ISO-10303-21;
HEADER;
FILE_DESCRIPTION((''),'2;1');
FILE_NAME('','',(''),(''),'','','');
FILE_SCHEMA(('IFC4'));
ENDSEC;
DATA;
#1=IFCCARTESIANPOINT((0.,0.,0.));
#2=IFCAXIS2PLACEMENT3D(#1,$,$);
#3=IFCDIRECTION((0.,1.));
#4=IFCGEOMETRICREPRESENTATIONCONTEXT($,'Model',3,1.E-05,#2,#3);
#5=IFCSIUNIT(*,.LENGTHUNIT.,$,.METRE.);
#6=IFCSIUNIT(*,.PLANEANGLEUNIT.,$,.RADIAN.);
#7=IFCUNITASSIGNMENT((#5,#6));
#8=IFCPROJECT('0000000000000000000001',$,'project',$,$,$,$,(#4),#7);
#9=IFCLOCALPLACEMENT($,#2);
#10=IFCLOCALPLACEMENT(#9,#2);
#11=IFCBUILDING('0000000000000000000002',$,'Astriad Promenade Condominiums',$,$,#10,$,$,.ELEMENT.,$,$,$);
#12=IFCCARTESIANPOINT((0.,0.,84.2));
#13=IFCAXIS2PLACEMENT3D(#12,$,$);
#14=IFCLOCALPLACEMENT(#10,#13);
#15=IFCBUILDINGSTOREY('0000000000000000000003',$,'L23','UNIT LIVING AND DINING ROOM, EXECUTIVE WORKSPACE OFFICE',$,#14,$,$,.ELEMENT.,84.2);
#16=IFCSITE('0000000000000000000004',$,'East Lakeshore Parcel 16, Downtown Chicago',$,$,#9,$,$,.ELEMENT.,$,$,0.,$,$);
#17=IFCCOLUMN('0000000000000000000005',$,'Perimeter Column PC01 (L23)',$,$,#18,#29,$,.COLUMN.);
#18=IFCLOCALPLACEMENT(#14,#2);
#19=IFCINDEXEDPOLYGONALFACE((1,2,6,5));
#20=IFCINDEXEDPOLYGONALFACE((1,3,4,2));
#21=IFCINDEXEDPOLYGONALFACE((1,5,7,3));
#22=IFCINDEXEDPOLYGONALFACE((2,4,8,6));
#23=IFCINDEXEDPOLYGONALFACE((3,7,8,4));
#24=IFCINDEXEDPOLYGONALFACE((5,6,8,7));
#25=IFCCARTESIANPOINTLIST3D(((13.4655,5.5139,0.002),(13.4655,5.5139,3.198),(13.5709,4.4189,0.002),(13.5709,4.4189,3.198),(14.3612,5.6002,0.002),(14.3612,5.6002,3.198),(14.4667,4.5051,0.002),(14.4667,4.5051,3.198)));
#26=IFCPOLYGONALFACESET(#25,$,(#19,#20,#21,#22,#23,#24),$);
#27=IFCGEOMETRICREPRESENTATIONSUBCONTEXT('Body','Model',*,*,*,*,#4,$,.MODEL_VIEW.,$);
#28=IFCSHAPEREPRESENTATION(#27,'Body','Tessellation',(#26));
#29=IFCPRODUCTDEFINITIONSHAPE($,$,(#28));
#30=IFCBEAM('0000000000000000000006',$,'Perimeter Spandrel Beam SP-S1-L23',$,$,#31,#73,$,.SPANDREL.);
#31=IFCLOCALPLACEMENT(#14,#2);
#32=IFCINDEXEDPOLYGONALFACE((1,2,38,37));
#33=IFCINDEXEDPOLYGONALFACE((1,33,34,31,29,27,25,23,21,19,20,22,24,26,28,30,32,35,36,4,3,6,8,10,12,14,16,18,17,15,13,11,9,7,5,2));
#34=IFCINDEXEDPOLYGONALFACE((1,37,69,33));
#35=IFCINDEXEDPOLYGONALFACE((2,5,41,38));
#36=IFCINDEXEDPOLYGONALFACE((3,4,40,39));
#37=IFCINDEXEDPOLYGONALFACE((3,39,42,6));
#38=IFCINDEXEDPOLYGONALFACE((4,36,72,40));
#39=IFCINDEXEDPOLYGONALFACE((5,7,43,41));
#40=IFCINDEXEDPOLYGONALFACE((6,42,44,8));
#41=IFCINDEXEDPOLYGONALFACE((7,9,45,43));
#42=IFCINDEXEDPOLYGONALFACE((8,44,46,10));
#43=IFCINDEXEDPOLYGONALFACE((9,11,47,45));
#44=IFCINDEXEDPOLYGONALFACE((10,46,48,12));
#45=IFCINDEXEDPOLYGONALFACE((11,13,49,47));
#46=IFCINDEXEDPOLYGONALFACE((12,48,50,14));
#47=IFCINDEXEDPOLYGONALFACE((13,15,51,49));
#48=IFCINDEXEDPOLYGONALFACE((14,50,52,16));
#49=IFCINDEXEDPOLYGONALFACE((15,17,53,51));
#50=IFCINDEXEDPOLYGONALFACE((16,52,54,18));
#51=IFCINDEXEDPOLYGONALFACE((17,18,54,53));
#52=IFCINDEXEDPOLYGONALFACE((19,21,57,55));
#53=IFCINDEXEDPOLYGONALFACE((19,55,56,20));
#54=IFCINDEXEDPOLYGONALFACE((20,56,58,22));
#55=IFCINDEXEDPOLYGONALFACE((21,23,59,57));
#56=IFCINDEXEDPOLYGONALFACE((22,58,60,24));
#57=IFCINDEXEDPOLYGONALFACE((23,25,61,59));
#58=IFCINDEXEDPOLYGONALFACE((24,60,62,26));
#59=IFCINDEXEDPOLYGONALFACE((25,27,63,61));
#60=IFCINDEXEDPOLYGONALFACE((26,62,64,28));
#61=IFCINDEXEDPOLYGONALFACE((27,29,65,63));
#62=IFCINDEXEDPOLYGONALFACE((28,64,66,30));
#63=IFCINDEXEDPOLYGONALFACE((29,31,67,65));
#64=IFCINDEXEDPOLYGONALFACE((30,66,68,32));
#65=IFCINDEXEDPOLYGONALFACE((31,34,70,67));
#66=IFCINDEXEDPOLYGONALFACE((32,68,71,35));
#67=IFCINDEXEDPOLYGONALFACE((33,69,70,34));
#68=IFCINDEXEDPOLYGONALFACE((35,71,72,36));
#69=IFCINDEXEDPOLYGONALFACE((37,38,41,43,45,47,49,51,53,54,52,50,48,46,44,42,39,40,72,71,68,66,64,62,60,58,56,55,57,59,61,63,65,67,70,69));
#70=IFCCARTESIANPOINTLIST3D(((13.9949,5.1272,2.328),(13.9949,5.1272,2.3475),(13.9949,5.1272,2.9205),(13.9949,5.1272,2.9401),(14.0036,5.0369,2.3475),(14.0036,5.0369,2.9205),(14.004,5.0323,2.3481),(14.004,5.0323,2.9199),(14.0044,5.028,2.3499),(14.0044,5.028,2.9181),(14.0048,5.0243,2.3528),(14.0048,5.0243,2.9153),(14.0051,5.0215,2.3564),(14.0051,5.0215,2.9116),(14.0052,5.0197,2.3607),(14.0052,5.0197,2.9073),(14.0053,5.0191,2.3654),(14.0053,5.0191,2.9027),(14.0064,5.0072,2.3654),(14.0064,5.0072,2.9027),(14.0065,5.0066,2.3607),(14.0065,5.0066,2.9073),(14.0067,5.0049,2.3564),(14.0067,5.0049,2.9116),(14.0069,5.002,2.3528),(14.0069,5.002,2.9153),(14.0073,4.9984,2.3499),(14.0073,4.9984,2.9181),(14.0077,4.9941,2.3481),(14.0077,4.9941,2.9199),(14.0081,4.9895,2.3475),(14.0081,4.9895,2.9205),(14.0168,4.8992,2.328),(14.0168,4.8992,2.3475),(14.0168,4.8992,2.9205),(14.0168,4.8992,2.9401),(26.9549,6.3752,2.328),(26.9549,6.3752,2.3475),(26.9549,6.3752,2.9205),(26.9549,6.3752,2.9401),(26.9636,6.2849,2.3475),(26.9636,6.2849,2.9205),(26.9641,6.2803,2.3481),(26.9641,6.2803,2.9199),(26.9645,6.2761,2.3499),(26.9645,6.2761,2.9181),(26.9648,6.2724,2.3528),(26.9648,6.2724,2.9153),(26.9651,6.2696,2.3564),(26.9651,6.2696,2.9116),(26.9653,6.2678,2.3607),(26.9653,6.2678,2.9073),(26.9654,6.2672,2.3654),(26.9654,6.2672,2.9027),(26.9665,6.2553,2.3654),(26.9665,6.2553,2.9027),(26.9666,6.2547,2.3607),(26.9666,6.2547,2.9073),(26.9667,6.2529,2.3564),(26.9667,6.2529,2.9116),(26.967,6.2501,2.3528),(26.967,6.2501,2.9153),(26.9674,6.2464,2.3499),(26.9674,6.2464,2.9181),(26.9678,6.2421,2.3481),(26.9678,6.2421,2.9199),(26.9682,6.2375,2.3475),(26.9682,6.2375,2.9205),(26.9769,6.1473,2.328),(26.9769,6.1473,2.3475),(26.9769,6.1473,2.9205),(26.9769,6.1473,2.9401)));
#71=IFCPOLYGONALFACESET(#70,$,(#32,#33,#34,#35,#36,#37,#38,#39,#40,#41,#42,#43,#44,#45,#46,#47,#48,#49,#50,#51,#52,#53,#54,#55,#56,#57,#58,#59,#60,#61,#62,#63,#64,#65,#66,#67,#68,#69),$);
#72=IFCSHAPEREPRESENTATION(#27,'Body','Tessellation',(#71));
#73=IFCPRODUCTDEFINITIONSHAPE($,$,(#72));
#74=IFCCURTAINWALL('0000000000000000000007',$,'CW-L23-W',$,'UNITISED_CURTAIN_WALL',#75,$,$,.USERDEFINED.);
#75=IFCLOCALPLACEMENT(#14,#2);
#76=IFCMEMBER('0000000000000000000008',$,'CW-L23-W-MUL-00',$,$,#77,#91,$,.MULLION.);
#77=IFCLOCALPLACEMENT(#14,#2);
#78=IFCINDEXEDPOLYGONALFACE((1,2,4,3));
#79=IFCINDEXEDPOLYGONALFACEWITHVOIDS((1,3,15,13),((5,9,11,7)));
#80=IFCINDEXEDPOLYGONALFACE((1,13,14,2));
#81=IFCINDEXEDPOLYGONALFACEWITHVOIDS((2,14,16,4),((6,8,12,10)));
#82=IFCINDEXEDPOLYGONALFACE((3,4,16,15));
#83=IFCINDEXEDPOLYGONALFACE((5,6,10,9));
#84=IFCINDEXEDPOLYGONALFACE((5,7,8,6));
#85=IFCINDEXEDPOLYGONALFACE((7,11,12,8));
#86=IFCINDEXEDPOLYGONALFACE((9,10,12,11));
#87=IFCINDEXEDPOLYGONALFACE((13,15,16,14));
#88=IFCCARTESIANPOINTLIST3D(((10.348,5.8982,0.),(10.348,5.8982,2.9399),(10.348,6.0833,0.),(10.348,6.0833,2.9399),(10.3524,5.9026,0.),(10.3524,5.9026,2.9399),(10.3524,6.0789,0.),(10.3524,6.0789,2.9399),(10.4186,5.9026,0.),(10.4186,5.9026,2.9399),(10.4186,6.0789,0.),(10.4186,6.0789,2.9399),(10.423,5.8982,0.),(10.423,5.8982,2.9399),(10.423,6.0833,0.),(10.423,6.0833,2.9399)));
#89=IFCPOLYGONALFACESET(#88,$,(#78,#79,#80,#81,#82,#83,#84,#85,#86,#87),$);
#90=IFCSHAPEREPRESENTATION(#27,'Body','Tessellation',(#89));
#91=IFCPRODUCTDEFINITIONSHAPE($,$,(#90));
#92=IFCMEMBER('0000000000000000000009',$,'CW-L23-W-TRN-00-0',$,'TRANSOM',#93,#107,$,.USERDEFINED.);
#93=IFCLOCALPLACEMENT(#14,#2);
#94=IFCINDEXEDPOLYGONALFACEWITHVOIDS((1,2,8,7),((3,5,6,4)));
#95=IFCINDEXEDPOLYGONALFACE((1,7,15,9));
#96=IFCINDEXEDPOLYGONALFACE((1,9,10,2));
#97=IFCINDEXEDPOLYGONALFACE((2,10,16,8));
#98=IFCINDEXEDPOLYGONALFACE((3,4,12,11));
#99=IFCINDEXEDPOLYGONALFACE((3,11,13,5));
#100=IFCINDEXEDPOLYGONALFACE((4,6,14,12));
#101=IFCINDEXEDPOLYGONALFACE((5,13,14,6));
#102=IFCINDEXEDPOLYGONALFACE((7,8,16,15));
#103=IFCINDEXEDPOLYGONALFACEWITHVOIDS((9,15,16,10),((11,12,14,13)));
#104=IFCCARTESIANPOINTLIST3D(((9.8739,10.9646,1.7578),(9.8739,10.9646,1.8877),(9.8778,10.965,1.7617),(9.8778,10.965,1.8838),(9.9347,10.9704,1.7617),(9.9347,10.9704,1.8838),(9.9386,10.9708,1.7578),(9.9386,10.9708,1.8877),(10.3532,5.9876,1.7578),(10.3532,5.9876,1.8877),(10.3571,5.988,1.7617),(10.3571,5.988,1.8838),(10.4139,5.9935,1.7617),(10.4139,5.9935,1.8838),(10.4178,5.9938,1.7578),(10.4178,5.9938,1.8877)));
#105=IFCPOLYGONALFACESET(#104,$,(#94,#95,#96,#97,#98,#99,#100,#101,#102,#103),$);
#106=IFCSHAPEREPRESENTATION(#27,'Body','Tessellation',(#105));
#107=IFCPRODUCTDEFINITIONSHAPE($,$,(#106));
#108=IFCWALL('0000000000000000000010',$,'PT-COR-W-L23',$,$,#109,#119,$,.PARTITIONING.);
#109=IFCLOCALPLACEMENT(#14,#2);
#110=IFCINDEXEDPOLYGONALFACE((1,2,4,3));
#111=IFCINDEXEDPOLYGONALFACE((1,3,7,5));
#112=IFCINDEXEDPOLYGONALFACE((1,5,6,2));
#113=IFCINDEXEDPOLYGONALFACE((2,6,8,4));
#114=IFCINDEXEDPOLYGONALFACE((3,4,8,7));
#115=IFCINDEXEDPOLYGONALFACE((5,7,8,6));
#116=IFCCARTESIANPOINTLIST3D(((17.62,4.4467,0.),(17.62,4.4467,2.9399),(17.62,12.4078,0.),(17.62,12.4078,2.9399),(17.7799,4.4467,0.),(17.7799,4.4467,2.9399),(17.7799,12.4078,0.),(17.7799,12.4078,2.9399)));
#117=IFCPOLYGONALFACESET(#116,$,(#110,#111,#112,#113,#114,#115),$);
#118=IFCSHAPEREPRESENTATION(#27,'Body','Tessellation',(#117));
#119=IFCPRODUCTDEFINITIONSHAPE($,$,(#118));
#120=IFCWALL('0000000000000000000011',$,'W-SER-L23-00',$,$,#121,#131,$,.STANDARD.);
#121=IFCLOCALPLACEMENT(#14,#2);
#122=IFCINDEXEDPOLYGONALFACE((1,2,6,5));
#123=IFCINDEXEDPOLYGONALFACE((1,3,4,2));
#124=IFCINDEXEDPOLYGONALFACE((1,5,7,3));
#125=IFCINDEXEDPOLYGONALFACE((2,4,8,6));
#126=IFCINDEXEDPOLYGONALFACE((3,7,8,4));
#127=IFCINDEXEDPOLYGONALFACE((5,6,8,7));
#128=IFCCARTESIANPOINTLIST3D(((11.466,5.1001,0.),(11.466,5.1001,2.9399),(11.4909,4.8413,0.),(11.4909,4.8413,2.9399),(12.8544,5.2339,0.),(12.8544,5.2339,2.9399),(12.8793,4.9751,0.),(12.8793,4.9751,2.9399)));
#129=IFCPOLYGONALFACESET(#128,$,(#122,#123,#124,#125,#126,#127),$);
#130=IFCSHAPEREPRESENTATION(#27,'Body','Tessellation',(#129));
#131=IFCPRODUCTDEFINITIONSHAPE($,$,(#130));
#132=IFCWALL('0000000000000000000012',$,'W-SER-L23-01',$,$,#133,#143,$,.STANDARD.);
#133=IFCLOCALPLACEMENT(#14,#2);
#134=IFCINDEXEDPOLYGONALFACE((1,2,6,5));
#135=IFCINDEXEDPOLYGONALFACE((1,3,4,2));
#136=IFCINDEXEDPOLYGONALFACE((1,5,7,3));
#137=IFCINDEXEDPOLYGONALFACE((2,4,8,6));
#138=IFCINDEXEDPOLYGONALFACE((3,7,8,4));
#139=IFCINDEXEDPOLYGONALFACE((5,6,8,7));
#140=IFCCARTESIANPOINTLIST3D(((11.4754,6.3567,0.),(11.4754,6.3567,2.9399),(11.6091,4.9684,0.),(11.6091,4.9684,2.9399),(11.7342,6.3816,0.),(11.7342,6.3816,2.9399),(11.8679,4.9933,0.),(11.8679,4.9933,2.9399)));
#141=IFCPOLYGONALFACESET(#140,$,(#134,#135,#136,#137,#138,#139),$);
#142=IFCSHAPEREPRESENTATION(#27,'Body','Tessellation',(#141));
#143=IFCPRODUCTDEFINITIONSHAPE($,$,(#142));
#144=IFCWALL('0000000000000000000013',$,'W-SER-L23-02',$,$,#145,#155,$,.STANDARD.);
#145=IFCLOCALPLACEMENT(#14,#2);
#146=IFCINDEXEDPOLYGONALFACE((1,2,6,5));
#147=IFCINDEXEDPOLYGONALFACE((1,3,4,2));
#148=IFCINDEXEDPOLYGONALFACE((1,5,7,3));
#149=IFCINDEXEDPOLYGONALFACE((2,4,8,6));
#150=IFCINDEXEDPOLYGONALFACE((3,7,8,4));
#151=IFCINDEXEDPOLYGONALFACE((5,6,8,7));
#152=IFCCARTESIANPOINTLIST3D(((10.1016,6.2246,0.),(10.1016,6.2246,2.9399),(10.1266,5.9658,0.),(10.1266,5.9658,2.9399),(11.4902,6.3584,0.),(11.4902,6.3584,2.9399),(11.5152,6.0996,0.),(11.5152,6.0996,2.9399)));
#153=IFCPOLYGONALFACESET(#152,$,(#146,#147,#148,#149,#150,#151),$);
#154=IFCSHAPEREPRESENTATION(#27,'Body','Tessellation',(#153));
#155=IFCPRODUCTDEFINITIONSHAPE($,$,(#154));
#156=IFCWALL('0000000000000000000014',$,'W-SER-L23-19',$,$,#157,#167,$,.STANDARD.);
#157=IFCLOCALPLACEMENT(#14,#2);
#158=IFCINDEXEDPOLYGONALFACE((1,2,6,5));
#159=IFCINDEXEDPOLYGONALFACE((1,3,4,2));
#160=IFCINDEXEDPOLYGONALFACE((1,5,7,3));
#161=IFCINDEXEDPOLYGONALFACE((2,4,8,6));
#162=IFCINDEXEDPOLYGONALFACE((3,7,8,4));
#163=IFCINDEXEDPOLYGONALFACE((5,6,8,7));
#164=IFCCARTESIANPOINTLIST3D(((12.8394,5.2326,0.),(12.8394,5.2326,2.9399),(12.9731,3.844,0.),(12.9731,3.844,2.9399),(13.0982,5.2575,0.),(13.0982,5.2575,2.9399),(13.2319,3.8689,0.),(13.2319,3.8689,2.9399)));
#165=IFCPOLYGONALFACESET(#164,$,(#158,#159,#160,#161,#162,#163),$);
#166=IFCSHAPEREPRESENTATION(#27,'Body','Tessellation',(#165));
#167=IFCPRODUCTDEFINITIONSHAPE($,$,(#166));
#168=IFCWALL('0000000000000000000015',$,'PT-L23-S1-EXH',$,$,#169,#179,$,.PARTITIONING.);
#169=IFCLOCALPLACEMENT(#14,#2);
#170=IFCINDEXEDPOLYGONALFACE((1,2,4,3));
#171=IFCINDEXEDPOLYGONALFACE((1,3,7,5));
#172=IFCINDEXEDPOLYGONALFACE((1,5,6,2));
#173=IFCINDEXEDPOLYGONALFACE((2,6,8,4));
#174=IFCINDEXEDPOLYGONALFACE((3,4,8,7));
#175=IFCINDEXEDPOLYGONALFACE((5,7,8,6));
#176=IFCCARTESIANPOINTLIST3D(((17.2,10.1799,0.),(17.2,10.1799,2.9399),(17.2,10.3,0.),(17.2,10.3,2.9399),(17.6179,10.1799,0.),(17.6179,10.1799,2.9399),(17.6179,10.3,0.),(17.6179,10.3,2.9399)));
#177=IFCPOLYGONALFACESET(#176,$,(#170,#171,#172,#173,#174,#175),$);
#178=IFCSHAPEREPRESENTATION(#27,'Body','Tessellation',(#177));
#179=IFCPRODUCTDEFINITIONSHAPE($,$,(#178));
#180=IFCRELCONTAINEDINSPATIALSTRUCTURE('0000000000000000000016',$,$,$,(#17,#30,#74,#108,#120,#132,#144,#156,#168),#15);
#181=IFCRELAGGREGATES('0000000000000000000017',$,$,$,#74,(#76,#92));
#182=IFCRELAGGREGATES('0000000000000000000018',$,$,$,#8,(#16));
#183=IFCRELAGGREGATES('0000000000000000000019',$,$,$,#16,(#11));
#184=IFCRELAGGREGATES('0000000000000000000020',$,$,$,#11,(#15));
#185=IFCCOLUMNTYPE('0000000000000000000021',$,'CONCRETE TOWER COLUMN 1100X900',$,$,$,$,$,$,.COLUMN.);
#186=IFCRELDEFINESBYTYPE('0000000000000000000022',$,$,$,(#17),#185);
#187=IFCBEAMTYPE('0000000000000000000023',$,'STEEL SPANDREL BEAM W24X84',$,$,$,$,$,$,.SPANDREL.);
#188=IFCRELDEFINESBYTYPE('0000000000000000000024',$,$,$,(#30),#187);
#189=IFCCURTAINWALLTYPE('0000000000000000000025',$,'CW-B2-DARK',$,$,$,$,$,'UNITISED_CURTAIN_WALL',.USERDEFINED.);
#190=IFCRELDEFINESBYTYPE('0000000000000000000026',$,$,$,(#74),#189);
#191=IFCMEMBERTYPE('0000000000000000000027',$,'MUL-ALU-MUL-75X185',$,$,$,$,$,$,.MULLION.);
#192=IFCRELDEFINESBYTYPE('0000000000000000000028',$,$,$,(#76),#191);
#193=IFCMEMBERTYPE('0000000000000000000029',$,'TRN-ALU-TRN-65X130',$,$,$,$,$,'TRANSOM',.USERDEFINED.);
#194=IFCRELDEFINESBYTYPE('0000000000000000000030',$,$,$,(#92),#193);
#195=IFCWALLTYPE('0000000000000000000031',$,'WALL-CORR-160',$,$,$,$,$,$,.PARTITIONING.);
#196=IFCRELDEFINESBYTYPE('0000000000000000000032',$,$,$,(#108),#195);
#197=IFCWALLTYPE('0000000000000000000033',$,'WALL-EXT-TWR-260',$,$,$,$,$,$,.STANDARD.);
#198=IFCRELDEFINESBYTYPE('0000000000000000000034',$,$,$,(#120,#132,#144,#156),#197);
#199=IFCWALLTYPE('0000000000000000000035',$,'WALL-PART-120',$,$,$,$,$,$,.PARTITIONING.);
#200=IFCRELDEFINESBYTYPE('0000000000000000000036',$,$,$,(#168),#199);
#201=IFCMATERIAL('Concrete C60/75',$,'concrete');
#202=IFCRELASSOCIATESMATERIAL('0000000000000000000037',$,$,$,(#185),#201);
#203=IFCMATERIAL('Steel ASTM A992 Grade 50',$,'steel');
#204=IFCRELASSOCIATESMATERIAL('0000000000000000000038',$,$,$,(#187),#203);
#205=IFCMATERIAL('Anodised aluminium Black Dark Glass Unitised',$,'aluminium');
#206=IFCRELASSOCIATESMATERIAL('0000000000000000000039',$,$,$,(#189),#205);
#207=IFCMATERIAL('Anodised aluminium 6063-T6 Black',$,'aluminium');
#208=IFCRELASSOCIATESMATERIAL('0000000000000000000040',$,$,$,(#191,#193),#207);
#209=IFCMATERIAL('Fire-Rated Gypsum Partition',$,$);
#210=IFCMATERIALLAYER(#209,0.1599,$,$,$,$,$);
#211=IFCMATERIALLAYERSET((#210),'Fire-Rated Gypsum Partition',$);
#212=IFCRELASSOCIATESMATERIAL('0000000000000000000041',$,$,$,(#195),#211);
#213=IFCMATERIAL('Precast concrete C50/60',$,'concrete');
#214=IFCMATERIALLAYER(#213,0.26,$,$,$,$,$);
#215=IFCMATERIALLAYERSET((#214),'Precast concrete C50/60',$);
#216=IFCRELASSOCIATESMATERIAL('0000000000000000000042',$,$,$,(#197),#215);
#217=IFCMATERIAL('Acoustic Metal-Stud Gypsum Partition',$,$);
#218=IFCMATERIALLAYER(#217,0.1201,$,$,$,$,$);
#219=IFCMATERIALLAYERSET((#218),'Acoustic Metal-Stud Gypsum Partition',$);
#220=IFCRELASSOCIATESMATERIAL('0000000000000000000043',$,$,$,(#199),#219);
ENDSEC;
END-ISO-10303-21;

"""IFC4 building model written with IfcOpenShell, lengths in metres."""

from ifc_helpers import new_model, si_unit, direction, frame, frame_2d, origin, origin_2d, place, context, subcontext, project, spatial, rectangle, hollow_rectangle, i_section, extrude, source, transform, mapped, material, layer, layer_set, material_profile, profile_set, type_object, type_shapes, element, aggregate, save


model = new_model("IFC4")

# Units and contexts
model_context = context("Model", 3, precision=1e-05, world=origin(), true_north=direction((0.0, 1.0)))
body_context = subcontext(model_context, "Body", "Model", "MODEL_VIEW")
ifc_project = project(units=[si_unit("LENGTHUNIT", "METRE"), si_unit("PLANEANGLEUNIT", "RADIAN")], contexts=[model_context])

# Site, building, storey
site_placement = place(None, origin())
site = spatial("IfcSite", under=ifc_project, at=site_placement, Name="East Lakeshore Parcel 16, Downtown Chicago", CompositionType="ELEMENT", RefElevation=0.0)
building_placement = place(site_placement, origin())
building = spatial("IfcBuilding", under=site, at=building_placement, Name="Astriad Promenade Condominiums", CompositionType="ELEMENT")
storey_placement = place(building_placement, frame((0.0, 0.0, 84.2)))
storey = spatial("IfcBuildingStorey", under=building, at=storey_placement, Name="L23", Description="UNIT LIVING AND DINING ROOM, EXECUTIVE WORKSPACE OFFICE", CompositionType="ELEMENT", Elevation=84.2)

# Column
ifc_material_1 = material(Name="Concrete C60/75", Category="concrete")
ifc_material_profile_1 = material_profile(ifc_material_1, rectangle(XDim=0.8999, YDim=1.1001, at=origin_2d()), Name="RC-COL-1100X900")
ifc_profile_set_1 = profile_set([ifc_material_profile_1], Name="Concrete C60/75")
column_type = type_object("IfcColumnType", Name="CONCRETE TOWER COLUMN 1100X900", PredefinedType="COLUMN", material=ifc_profile_set_1)
shared_shape_1 = source(origin(), body_context, "Body", "SweptSolid", [
    extrude(rectangle(XDim=0.8999, YDim=1.1001, at=origin_2d()), origin(), (0.0, 0.0, 1.0), 3.196),
])
type_shapes(column_type, [shared_shape_1])
column_placement = place(storey_placement, frame((13.9661, 5.0095, 0.002), z_axis=(0.0, 0.0, 1.0), x_axis=(0.995396, 0.095846, 0.0)))
element("IfcColumn", 1, at=column_placement, inside=storey, type_object=column_type, Name="Perimeter Column PC01 (L23)", PredefinedType="COLUMN", context=body_context, shape_type="MappedRepresentation", body=[
    mapped(shared_shape_1, transform((0.0, 0.0, 0.0), scale=1.0)),
])

# Beam
ifc_material_2 = material(Name="Steel ASTM A992 Grade 50", Category="steel")
ifc_material_profile_2 = material_profile(ifc_material_2, i_section(OverallWidth=0.229, OverallDepth=0.6121, WebThickness=0.012, FlangeThickness=0.0195, FilletRadius=0.0178, at=origin_2d()), Name="W24X84")
ifc_profile_set_2 = profile_set([ifc_material_profile_2], Name="Steel ASTM A992 Grade 50")
beam_type = type_object("IfcBeamType", Name="STEEL SPANDREL BEAM W24X84", PredefinedType="SPANDREL", material=ifc_profile_set_2)
shared_shape_2 = source(origin(), body_context, "Body", "SweptSolid", [
    extrude(i_section(OverallWidth=0.229, OverallDepth=0.6121, WebThickness=0.012, FlangeThickness=0.0195, FilletRadius=0.0178, at=origin_2d()), origin(), (0.0, 0.0, 1.0), 13.02),
])
type_shapes(beam_type, [shared_shape_2])
beam_placement = place(storey_placement, frame((14.0059, 5.0132, 2.634), z_axis=(0.995395, 0.095857, 0.0), x_axis=(-0.095857, 0.995395, 0.0)))
element("IfcBeam", 2, at=beam_placement, inside=storey, type_object=beam_type, Name="Perimeter Spandrel Beam SP-S1-L23", PredefinedType="SPANDREL", context=body_context, shape_type="MappedRepresentation", body=[
    mapped(shared_shape_2, transform((0.0, 0.0, 0.0), scale=1.0)),
])

# Curtain wall, members
ifc_material_3 = material(Name="Anodised aluminium Black Dark Glass Unitised", Category="aluminium")
curtain_wall_type = type_object("IfcCurtainWallType", Name="CW-B2-DARK", ElementType="UNITISED_CURTAIN_WALL", PredefinedType="USERDEFINED", material=ifc_material_3)
curtain_wall_placement = place(storey_placement, origin())
curtain_wall = element("IfcCurtainWall", 3, at=curtain_wall_placement, inside=storey, type_object=curtain_wall_type, Name="CW-L23-W", ObjectType="UNITISED_CURTAIN_WALL", PredefinedType="USERDEFINED")
ifc_material_4 = material(Name="Anodised aluminium 6063-T6 Black", Category="aluminium")
ifc_material_profile_3 = material_profile(ifc_material_4, hollow_rectangle(XDim=0.075, YDim=0.1851, WallThickness=0.0044, at=origin_2d()), Name="ALU-MUL-75X185")
ifc_profile_set_3 = profile_set([ifc_material_profile_3], Name="Anodised aluminium 6063-T6 Black")
member_type_1 = type_object("IfcMemberType", Name="MUL-ALU-MUL-75X185", PredefinedType="MULLION", material=ifc_profile_set_3)
shared_shape_3 = source(origin(), body_context, "Body", "SweptSolid", [
    extrude(hollow_rectangle(XDim=0.075, YDim=0.1851, WallThickness=0.0044, at=origin_2d()), origin(), (0.0, 0.0, 1.0), 2.9399),
])
type_shapes(member_type_1, [shared_shape_3])
member_1_placement = place(storey_placement, frame((10.3855, 5.9907, 0.0), z_axis=(0.0, 0.0, 1.0), x_axis=(1.0, 0.0, 0.0)))
member_1 = element("IfcMember", 4, at=member_1_placement, type_object=member_type_1, Name="CW-L23-W-MUL-00", PredefinedType="MULLION", context=body_context, shape_type="MappedRepresentation", body=[
    mapped(shared_shape_3, transform((0.0, 0.0, 0.0), scale=1.0)),
])
ifc_material_profile_4 = material_profile(ifc_material_4, hollow_rectangle(XDim=0.0649, YDim=0.1299, WallThickness=0.0039, at=origin_2d()), Name="ALU-TRN-65X130")
ifc_profile_set_4 = profile_set([ifc_material_profile_4], Name="Anodised aluminium 6063-T6 Black")
member_type_2 = type_object("IfcMemberType", Name="TRN-ALU-TRN-65X130", ElementType="TRANSOM", PredefinedType="USERDEFINED", material=ifc_profile_set_4)
shared_shape_4 = source(origin(), body_context, "Body", "SweptSolid", [
    extrude(hollow_rectangle(XDim=0.0649, YDim=0.1299, WallThickness=0.0039, at=origin_2d()), origin(), (0.0, 0.0, 1.0), 5.0),
])
type_shapes(member_type_2, [shared_shape_4])
member_2_placement = place(storey_placement, frame((10.3855, 5.9907, 1.8228), z_axis=(-0.095848, 0.995396, 0.0), x_axis=(-0.995396, -0.095848, 0.0)))
member_2 = element("IfcMember", 5, at=member_2_placement, type_object=member_type_2, Name="CW-L23-W-TRN-00-0", ObjectType="TRANSOM", PredefinedType="USERDEFINED", context=body_context, shape_type="MappedRepresentation", body=[
    mapped(shared_shape_4, transform((0.0, 0.0, 0.0), scale=1.0)),
])
aggregate(curtain_wall, [member_1, member_2])

# Walls
ifc_material_5 = material(Name="Fire-Rated Gypsum Partition")
ifc_layer_1 = layer(ifc_material_5, 0.1599)
ifc_layer_set_1 = layer_set([ifc_layer_1], Name="Fire-Rated Gypsum Partition")
wall_type_1 = type_object("IfcWallType", Name="WALL-CORR-160", PredefinedType="PARTITIONING", material=ifc_layer_set_1)
wall_1_placement = place(storey_placement, frame((17.7, 4.4468, 0.0), z_axis=(0.0, 0.0, 1.0), x_axis=(0.0, 1.0, 0.0)))
element("IfcWall", 6, at=wall_1_placement, inside=storey, type_object=wall_type_1, Name="PT-COR-W-L23", PredefinedType="PARTITIONING", context=body_context, shape_type="SweptSolid", body=[
    extrude(rectangle(XDim=7.9612, YDim=0.1599, at=frame_2d((3.9805, 0.0))), origin(), (0.0, 0.0, 1.0), 2.9399),
])
ifc_material_6 = material(Name="Precast concrete C50/60", Category="concrete")
ifc_layer_2 = layer(ifc_material_6, 0.26)
ifc_layer_set_2 = layer_set([ifc_layer_2], Name="Precast concrete C50/60")
wall_type_2 = type_object("IfcWallType", Name="WALL-EXT-TWR-260", PredefinedType="STANDARD", material=ifc_layer_set_2)
for number, where, z_axis, x_axis, name in (
    (7, (12.8667, 5.1045, 0.0), (0.0, 0.0, 1.0), (-0.995389, -0.095916, 0.0), "W-SER-L23-00"),
    (8, (11.7385, 4.981, 0.0), (0.0, 0.0, 1.0), (-0.095916, 0.995389, 0.0), "W-SER-L23-01"),
):
    element("IfcWall", number, at=place(storey_placement, frame(where, z_axis=z_axis, x_axis=x_axis)), inside=storey, type_object=wall_type_2, Name=name, PredefinedType="STANDARD", context=body_context, shape_type="SweptSolid", body=[
        extrude(rectangle(XDim=1.3948, YDim=0.26, at=frame_2d((0.6973, 0.0))), origin(), (0.0, 0.0, 1.0), 2.9399),
    ])
for number, where, z_axis, x_axis, name in (
    (9, (11.5027, 6.229, 0.0), (0.0, 0.0, 1.0), (-0.995391, -0.095899, 0.0), "W-SER-L23-02"),
    (10, (13.1025, 3.8564, 0.0), (0.0, 0.0, 1.0), (-0.095899, 0.995391, 0.0), "W-SER-L23-19"),
):
    element("IfcWall", number, at=place(storey_placement, frame(where, z_axis=z_axis, x_axis=x_axis)), inside=storey, type_object=wall_type_2, Name=name, PredefinedType="STANDARD", context=body_context, shape_type="SweptSolid", body=[
        extrude(rectangle(XDim=1.395, YDim=0.26, at=frame_2d((0.6975, 0.0))), origin(), (0.0, 0.0, 1.0), 2.9399),
    ])
ifc_material_7 = material(Name="Acoustic Metal-Stud Gypsum Partition")
ifc_layer_3 = layer(ifc_material_7, 0.1201)
ifc_layer_set_3 = layer_set([ifc_layer_3], Name="Acoustic Metal-Stud Gypsum Partition")
wall_type_3 = type_object("IfcWallType", Name="WALL-PART-120", PredefinedType="PARTITIONING", material=ifc_layer_set_3)
wall_2_placement = place(storey_placement, frame((17.2, 10.24, 0.0), z_axis=(0.0, 0.0, 1.0), x_axis=(1.0, 0.0, 0.0)))
element("IfcWall", 11, at=wall_2_placement, inside=storey, type_object=wall_type_3, Name="PT-L23-S1-EXH", PredefinedType="PARTITIONING", context=body_context, shape_type="SweptSolid", body=[
    extrude(rectangle(XDim=0.418, YDim=0.1201, at=frame_2d((0.209, 0.0))), origin(), (0.0, 0.0, 1.0), 2.9399),
])

save(model, "model.ifc")
